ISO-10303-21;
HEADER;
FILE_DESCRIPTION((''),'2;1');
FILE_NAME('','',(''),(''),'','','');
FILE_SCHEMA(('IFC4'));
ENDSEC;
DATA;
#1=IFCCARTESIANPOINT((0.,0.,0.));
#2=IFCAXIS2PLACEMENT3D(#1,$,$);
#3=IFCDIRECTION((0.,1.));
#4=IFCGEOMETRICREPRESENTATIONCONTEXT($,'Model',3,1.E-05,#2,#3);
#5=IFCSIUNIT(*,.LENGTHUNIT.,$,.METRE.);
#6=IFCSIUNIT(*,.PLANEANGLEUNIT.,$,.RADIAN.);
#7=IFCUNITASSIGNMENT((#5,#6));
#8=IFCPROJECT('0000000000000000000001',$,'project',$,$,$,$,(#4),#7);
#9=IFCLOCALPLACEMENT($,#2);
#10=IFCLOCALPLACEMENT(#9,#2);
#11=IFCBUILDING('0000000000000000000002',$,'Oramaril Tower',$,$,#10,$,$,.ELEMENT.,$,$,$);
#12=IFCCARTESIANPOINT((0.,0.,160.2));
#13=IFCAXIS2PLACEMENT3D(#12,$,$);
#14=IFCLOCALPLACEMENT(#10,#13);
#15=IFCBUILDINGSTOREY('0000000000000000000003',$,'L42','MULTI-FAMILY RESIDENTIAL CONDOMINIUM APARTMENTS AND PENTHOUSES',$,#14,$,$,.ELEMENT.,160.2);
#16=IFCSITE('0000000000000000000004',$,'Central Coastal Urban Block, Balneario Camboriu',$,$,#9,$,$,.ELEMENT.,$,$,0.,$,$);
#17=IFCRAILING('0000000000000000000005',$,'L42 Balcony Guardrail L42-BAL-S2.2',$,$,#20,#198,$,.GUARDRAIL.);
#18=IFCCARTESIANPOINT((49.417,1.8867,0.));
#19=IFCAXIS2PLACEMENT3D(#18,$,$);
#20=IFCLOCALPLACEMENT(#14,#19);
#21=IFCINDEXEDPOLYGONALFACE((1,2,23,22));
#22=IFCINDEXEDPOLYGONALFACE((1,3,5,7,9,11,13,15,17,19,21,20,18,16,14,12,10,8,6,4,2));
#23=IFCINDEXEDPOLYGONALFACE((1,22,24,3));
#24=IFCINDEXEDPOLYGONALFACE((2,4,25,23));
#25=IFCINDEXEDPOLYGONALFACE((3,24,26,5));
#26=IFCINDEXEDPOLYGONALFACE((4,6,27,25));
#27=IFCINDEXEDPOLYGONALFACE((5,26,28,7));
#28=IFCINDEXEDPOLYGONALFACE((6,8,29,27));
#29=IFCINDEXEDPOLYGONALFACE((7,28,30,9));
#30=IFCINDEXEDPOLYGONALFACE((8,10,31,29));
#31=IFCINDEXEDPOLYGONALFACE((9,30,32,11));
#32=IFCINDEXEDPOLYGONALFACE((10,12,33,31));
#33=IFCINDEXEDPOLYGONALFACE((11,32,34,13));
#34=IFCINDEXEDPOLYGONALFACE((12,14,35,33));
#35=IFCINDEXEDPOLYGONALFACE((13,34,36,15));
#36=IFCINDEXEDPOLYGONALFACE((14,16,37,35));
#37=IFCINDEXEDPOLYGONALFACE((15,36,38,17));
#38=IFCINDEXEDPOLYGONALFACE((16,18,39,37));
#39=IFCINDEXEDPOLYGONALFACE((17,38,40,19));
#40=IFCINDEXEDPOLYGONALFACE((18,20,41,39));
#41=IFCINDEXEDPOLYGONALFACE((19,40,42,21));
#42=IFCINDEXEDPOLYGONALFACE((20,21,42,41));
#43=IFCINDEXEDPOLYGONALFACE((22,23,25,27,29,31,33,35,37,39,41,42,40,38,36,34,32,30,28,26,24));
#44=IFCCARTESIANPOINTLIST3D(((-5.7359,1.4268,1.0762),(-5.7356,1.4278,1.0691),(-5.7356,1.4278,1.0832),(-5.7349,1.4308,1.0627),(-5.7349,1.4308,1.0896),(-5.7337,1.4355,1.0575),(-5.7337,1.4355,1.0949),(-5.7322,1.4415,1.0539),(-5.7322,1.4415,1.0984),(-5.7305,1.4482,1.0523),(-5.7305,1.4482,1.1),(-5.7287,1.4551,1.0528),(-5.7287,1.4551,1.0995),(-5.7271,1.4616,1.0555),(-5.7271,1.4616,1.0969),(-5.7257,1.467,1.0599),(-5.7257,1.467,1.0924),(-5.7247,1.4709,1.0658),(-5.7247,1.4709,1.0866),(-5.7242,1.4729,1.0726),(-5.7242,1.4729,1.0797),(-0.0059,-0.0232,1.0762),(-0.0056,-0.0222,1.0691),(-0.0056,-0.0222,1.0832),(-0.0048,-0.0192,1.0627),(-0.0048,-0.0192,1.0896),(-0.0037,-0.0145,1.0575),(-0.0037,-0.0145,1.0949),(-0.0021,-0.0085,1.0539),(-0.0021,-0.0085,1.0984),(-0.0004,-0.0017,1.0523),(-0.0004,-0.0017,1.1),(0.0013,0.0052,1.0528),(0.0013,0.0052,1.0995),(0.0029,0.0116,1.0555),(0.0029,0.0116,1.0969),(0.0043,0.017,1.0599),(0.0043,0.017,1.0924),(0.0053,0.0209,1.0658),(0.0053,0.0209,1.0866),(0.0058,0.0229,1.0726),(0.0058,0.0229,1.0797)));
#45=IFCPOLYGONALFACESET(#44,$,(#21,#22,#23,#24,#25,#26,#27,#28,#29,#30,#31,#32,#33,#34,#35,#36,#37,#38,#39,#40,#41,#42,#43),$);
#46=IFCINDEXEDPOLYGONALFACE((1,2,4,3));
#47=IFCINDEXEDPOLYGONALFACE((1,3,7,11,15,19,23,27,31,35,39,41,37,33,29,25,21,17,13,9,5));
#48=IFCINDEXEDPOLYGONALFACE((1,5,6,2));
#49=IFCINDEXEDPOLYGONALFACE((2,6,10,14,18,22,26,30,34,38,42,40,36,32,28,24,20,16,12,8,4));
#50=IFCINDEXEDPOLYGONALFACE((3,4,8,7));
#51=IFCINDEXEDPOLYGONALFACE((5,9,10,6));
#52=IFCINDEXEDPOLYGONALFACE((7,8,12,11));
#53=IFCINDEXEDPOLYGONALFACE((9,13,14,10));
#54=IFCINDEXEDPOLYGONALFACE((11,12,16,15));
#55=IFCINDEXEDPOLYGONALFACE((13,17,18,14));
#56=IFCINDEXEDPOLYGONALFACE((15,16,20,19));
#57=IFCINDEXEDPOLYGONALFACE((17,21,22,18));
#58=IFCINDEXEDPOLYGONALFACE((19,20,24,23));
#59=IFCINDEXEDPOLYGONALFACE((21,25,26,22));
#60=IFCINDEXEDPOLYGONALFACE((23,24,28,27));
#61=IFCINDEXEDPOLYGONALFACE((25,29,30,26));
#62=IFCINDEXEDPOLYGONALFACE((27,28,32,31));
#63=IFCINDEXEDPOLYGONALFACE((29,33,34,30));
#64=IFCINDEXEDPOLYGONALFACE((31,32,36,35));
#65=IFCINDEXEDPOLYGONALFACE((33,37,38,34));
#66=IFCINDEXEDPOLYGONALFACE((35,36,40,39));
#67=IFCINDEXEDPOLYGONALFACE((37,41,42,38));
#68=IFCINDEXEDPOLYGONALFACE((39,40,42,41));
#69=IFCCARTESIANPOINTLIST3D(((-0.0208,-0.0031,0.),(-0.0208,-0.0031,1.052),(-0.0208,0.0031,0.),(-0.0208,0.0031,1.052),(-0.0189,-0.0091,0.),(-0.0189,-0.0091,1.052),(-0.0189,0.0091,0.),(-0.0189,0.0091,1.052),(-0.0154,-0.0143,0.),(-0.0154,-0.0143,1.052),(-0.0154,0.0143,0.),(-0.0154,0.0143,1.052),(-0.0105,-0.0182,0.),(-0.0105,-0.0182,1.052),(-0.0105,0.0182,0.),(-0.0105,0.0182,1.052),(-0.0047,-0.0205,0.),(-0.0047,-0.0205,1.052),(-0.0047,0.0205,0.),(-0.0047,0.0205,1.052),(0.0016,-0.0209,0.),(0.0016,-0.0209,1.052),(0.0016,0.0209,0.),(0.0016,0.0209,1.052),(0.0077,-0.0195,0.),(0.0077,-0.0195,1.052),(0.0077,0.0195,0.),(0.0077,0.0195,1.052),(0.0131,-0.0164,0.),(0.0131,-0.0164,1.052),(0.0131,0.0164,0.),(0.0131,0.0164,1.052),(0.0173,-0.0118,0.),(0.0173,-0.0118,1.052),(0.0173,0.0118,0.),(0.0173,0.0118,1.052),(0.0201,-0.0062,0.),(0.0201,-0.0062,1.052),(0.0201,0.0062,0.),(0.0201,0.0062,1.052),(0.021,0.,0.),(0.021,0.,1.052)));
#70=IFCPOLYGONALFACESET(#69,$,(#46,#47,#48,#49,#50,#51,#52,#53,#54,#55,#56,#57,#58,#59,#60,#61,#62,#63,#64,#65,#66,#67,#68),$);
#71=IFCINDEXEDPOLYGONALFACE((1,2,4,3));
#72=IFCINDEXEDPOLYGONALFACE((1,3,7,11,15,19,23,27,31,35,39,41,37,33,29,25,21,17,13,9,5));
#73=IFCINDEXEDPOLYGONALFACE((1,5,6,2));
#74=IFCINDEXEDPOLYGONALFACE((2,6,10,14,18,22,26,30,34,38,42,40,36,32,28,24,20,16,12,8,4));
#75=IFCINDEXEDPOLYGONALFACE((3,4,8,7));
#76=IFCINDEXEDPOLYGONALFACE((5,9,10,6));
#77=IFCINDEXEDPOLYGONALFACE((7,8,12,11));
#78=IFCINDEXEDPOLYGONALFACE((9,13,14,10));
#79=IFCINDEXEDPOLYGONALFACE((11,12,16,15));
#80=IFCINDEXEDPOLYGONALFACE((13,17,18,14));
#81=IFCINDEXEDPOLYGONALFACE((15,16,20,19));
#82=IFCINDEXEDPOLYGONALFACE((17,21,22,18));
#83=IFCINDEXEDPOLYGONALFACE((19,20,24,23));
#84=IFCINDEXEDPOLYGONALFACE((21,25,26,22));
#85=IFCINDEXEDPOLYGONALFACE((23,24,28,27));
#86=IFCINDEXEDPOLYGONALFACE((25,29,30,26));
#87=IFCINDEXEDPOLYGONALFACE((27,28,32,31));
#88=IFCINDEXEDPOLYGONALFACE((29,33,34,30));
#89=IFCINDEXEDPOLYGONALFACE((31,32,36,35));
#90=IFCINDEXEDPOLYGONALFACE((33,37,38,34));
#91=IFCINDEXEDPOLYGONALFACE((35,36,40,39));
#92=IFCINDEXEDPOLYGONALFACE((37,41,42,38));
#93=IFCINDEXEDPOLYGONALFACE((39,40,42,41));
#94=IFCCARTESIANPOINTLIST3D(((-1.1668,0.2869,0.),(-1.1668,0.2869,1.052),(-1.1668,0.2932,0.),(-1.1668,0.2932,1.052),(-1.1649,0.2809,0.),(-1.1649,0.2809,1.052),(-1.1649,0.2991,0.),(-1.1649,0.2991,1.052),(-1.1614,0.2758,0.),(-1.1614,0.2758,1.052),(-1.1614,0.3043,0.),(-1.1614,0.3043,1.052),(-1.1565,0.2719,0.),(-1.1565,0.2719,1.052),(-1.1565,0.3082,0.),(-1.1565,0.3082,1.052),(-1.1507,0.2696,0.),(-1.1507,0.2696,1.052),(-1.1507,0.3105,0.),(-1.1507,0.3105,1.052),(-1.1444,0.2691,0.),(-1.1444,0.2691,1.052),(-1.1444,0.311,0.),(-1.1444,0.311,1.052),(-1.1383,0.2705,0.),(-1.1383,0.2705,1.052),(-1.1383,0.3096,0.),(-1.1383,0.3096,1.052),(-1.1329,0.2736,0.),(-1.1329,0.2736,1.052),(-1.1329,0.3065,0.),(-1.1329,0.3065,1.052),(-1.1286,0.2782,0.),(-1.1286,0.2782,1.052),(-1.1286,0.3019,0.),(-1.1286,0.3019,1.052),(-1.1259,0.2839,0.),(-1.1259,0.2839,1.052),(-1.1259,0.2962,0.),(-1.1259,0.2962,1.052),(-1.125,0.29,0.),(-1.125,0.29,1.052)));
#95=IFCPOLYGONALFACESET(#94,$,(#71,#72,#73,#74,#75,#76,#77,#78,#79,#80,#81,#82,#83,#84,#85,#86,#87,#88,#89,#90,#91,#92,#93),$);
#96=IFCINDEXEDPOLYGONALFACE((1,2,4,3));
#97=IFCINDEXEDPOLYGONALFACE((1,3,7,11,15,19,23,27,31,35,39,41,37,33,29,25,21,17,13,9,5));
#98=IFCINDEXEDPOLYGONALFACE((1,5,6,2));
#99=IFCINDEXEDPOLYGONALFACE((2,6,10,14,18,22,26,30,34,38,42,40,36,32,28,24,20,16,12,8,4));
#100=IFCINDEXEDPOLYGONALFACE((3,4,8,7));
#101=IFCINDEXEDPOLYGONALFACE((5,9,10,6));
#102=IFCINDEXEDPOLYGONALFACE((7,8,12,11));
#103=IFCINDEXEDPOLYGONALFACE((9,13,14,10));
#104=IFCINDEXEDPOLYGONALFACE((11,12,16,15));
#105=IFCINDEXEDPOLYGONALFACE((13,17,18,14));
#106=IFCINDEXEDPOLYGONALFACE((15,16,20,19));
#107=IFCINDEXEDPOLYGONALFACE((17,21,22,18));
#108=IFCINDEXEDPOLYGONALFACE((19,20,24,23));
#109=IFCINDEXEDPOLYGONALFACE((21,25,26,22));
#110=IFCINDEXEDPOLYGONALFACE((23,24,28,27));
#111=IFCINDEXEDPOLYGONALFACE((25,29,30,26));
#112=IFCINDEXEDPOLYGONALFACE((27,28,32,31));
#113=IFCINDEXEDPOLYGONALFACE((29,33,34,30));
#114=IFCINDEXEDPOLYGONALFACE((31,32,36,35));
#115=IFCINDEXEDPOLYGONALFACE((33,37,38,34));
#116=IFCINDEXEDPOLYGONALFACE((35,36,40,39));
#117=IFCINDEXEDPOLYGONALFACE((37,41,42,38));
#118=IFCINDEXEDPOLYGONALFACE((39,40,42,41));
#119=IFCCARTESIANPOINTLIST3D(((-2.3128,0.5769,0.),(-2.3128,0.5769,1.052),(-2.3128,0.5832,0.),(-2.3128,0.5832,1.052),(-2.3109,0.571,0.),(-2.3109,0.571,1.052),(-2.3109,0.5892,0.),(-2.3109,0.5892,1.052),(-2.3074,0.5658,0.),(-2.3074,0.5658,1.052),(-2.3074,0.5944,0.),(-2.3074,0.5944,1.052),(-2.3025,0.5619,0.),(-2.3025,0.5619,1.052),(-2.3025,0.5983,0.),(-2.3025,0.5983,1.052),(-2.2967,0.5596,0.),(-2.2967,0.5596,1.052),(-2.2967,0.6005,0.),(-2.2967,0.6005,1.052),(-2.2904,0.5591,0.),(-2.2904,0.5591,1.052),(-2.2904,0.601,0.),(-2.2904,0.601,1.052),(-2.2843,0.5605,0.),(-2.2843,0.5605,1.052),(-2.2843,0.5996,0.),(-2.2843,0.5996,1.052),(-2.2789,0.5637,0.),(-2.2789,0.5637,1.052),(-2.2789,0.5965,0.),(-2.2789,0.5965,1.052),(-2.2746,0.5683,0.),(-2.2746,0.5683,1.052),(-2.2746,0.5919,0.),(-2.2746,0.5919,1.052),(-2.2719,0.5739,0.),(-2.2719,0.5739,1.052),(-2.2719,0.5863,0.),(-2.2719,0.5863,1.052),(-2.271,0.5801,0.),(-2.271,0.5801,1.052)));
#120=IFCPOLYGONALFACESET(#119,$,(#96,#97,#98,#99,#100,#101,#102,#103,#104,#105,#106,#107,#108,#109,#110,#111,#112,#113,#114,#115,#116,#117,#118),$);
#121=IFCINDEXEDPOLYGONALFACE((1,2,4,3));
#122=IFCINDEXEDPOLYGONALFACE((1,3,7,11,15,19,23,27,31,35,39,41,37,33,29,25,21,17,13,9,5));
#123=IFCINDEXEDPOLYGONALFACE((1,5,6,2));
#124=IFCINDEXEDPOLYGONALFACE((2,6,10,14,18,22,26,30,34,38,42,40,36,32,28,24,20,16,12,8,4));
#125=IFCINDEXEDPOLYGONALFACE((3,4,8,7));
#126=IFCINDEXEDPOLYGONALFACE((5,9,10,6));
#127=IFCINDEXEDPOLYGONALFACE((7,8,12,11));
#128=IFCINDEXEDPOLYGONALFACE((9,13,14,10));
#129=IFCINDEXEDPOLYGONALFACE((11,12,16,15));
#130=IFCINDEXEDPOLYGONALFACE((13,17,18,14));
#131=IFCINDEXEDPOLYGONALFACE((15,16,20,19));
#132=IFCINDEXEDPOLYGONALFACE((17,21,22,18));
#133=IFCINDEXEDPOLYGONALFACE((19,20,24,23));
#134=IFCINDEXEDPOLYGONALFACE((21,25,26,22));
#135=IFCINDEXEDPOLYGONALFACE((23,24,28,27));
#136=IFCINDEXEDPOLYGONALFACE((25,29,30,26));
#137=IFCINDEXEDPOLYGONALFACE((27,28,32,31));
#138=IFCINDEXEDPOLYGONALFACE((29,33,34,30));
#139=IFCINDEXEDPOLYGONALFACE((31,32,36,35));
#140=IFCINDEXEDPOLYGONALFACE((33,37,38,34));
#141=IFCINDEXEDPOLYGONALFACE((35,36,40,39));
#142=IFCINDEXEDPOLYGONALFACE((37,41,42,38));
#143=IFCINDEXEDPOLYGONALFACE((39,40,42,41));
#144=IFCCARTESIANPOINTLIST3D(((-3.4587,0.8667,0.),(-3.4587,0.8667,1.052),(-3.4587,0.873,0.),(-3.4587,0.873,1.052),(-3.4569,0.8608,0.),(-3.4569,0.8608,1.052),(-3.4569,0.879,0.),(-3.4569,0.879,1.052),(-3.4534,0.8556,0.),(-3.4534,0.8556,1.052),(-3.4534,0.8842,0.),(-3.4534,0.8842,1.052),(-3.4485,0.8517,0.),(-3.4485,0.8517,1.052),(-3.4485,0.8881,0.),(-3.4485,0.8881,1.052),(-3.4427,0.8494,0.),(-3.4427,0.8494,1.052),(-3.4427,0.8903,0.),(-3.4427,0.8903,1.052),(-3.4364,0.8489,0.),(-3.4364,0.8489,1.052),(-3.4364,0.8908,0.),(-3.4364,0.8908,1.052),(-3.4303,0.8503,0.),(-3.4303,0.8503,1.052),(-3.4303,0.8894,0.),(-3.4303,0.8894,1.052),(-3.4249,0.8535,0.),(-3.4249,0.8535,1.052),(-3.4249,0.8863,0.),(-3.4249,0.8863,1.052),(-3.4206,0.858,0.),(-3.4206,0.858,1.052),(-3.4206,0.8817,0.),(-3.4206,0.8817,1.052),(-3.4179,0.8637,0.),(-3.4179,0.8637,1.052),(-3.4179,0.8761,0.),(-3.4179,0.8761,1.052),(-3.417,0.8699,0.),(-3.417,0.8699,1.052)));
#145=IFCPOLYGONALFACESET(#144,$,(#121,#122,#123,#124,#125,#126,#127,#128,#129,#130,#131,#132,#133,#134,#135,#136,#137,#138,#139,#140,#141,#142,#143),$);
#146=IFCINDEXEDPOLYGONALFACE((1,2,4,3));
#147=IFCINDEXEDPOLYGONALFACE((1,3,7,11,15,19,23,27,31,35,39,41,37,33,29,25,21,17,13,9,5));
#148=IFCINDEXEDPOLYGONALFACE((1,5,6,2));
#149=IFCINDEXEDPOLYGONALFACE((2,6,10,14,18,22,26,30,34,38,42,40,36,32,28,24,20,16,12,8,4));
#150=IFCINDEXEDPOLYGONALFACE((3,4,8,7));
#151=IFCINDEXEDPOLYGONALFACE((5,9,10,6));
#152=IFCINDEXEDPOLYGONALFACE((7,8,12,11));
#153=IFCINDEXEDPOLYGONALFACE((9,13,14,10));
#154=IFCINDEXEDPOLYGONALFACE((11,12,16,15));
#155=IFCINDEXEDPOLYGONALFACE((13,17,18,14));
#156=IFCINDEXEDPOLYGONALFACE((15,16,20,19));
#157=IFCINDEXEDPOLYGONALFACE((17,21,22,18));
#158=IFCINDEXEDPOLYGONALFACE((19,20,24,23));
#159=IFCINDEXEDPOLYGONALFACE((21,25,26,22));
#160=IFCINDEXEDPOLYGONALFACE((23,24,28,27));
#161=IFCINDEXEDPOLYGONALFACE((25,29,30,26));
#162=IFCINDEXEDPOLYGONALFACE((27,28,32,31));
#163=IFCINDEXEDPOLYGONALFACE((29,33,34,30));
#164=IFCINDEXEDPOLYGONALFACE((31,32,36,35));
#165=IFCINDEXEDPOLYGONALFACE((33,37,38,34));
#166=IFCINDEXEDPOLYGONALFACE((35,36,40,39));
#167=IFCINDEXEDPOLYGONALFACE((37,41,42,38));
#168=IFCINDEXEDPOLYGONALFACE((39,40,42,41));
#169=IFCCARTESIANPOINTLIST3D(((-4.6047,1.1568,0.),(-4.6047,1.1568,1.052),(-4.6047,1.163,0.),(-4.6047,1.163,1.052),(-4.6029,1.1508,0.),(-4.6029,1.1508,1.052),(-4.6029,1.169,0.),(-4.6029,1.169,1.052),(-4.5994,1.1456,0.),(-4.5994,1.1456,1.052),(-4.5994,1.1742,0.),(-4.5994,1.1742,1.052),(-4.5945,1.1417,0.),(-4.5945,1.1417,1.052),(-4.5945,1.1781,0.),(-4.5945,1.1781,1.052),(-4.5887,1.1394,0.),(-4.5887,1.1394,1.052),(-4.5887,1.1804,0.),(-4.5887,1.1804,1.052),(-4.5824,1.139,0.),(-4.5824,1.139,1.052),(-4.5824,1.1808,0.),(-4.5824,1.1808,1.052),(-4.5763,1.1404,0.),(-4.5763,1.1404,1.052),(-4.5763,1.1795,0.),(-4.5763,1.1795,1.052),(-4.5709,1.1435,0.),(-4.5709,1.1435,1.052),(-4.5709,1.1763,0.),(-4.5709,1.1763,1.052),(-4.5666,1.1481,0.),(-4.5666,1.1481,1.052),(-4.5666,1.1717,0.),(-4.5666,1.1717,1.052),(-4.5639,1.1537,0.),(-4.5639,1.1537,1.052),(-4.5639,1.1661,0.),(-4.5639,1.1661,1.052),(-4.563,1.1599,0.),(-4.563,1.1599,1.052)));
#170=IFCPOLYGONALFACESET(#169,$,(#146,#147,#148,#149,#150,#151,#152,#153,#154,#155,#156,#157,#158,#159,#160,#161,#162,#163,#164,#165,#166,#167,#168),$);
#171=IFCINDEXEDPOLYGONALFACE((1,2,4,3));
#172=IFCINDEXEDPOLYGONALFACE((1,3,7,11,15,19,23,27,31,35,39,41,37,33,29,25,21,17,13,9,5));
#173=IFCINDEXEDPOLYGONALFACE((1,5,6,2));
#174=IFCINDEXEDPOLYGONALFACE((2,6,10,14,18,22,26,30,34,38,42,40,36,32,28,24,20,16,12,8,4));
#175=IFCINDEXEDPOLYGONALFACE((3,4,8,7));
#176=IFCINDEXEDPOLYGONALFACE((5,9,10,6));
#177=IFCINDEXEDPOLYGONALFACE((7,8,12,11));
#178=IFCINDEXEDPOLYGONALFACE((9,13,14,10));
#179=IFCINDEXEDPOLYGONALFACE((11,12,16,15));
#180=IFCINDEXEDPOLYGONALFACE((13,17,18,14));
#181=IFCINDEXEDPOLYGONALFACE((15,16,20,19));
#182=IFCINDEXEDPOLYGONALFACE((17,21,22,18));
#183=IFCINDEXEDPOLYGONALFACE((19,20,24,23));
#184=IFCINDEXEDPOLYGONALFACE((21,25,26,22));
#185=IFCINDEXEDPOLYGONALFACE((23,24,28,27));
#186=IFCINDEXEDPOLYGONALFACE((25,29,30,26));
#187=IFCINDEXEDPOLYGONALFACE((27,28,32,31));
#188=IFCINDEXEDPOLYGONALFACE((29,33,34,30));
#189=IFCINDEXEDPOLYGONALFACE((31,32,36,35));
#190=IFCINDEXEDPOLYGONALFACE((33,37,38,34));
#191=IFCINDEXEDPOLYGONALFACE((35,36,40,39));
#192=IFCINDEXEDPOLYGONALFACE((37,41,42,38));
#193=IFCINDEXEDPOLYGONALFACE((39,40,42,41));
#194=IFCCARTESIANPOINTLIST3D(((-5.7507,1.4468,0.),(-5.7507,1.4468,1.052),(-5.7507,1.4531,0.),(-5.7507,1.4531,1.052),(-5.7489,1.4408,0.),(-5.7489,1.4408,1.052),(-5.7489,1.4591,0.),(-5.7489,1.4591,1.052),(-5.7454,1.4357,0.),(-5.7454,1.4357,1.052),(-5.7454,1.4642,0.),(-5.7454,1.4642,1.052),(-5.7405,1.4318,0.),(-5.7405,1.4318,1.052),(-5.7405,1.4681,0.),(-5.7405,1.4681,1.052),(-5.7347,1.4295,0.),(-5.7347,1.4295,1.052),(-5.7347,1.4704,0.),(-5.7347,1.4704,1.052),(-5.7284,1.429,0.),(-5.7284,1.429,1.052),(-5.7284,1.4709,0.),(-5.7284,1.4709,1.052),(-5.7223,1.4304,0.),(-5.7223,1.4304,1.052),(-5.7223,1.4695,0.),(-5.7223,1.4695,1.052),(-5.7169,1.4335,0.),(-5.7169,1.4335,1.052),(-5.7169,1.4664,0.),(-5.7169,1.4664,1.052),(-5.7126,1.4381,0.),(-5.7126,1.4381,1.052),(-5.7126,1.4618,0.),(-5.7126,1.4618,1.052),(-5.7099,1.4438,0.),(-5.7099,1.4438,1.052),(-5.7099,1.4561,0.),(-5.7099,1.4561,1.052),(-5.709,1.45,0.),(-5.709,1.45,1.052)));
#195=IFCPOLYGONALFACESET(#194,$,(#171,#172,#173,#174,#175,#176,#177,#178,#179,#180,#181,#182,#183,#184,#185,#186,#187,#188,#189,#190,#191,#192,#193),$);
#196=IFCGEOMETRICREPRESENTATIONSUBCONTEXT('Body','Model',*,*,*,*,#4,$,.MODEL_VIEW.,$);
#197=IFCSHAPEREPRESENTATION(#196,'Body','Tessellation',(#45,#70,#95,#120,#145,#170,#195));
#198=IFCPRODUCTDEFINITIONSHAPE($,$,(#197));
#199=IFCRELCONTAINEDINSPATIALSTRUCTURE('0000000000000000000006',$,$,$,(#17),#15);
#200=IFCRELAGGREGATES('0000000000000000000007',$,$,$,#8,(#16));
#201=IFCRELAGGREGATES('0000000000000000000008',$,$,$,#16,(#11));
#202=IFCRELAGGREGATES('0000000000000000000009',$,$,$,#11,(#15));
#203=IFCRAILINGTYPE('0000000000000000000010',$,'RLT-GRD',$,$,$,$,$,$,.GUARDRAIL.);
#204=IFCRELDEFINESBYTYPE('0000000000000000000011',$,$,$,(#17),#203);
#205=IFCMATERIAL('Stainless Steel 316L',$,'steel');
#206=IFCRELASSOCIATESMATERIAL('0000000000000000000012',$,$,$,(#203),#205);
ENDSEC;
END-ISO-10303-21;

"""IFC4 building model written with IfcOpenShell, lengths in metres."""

from ifc_helpers import new_model, si_unit, direction, frame, origin, origin_2d, place, context, subcontext, project, spatial, circle, extrude, material, type_object, element, save


model = new_model("IFC4")

# Units and contexts
model_context = context("Model", 3, precision=1e-05, world=origin(), true_north=direction((0.0, 1.0)))
body_context = subcontext(model_context, "Body", "Model", "MODEL_VIEW")
ifc_project = project(units=[si_unit("LENGTHUNIT", "METRE"), si_unit("PLANEANGLEUNIT", "RADIAN")], contexts=[model_context])

# Site, building, storey
site_placement = place(None, origin())
site = spatial("IfcSite", under=ifc_project, at=site_placement, Name="Central Coastal Urban Block, Balneario Camboriu", CompositionType="ELEMENT", RefElevation=0.0)
building_placement = place(site_placement, origin())
building = spatial("IfcBuilding", under=site, at=building_placement, Name="Oramaril Tower", CompositionType="ELEMENT")
storey_placement = place(building_placement, frame((0.0, 0.0, 160.2)))
storey = spatial("IfcBuildingStorey", under=building, at=storey_placement, Name="L42", Description="MULTI-FAMILY RESIDENTIAL CONDOMINIUM APARTMENTS AND PENTHOUSES", CompositionType="ELEMENT", Elevation=160.2)

# Railing
ifc_material_1 = material(Name="Stainless Steel 316L", Category="steel")
railing_type = type_object("IfcRailingType", Name="RLT-GRD", PredefinedType="GUARDRAIL", material=ifc_material_1)
railing_1_placement = place(storey_placement, frame((49.417, 1.8867, 0.0)))
element("IfcRailing", 1, at=railing_1_placement, inside=storey, type_object=railing_type, Name="L42 Balcony Guardrail L42-BAL-S2.2", PredefinedType="GUARDRAIL", context=body_context, shape_type="SweptSolid", body=[
    extrude(circle(Radius=0.0239, at=origin_2d()), frame((0.0, 0.0, 1.0762), z_axis=(-0.969444, 0.245314, 0.0), x_axis=(-0.245314, -0.969444, 0.0)), (0.0, 0.0, 1.0), 5.9106),
    extrude(circle(Radius=0.021, at=origin_2d()), origin(), (0.0, 0.0, 1.0), 1.052),
    extrude(circle(Radius=0.021, at=origin_2d()), frame((-1.146, 0.29, 0.0)), (0.0, 0.0, 1.0), 1.052),
    extrude(circle(Radius=0.021, at=origin_2d()), frame((-2.292, 0.5801, 0.0)), (0.0, 0.0, 1.0), 1.052),
    extrude(circle(Radius=0.021, at=origin_2d()), frame((-3.438, 0.8699, 0.0)), (0.0, 0.0, 1.0), 1.052),
    extrude(circle(Radius=0.021, at=origin_2d()), frame((-4.584, 1.1599, 0.0)), (0.0, 0.0, 1.0), 1.052),
    extrude(circle(Radius=0.021, at=origin_2d()), frame((-5.73, 1.45, 0.0)), (0.0, 0.0, 1.0), 1.052),
])

save(model, "model.ifc")
